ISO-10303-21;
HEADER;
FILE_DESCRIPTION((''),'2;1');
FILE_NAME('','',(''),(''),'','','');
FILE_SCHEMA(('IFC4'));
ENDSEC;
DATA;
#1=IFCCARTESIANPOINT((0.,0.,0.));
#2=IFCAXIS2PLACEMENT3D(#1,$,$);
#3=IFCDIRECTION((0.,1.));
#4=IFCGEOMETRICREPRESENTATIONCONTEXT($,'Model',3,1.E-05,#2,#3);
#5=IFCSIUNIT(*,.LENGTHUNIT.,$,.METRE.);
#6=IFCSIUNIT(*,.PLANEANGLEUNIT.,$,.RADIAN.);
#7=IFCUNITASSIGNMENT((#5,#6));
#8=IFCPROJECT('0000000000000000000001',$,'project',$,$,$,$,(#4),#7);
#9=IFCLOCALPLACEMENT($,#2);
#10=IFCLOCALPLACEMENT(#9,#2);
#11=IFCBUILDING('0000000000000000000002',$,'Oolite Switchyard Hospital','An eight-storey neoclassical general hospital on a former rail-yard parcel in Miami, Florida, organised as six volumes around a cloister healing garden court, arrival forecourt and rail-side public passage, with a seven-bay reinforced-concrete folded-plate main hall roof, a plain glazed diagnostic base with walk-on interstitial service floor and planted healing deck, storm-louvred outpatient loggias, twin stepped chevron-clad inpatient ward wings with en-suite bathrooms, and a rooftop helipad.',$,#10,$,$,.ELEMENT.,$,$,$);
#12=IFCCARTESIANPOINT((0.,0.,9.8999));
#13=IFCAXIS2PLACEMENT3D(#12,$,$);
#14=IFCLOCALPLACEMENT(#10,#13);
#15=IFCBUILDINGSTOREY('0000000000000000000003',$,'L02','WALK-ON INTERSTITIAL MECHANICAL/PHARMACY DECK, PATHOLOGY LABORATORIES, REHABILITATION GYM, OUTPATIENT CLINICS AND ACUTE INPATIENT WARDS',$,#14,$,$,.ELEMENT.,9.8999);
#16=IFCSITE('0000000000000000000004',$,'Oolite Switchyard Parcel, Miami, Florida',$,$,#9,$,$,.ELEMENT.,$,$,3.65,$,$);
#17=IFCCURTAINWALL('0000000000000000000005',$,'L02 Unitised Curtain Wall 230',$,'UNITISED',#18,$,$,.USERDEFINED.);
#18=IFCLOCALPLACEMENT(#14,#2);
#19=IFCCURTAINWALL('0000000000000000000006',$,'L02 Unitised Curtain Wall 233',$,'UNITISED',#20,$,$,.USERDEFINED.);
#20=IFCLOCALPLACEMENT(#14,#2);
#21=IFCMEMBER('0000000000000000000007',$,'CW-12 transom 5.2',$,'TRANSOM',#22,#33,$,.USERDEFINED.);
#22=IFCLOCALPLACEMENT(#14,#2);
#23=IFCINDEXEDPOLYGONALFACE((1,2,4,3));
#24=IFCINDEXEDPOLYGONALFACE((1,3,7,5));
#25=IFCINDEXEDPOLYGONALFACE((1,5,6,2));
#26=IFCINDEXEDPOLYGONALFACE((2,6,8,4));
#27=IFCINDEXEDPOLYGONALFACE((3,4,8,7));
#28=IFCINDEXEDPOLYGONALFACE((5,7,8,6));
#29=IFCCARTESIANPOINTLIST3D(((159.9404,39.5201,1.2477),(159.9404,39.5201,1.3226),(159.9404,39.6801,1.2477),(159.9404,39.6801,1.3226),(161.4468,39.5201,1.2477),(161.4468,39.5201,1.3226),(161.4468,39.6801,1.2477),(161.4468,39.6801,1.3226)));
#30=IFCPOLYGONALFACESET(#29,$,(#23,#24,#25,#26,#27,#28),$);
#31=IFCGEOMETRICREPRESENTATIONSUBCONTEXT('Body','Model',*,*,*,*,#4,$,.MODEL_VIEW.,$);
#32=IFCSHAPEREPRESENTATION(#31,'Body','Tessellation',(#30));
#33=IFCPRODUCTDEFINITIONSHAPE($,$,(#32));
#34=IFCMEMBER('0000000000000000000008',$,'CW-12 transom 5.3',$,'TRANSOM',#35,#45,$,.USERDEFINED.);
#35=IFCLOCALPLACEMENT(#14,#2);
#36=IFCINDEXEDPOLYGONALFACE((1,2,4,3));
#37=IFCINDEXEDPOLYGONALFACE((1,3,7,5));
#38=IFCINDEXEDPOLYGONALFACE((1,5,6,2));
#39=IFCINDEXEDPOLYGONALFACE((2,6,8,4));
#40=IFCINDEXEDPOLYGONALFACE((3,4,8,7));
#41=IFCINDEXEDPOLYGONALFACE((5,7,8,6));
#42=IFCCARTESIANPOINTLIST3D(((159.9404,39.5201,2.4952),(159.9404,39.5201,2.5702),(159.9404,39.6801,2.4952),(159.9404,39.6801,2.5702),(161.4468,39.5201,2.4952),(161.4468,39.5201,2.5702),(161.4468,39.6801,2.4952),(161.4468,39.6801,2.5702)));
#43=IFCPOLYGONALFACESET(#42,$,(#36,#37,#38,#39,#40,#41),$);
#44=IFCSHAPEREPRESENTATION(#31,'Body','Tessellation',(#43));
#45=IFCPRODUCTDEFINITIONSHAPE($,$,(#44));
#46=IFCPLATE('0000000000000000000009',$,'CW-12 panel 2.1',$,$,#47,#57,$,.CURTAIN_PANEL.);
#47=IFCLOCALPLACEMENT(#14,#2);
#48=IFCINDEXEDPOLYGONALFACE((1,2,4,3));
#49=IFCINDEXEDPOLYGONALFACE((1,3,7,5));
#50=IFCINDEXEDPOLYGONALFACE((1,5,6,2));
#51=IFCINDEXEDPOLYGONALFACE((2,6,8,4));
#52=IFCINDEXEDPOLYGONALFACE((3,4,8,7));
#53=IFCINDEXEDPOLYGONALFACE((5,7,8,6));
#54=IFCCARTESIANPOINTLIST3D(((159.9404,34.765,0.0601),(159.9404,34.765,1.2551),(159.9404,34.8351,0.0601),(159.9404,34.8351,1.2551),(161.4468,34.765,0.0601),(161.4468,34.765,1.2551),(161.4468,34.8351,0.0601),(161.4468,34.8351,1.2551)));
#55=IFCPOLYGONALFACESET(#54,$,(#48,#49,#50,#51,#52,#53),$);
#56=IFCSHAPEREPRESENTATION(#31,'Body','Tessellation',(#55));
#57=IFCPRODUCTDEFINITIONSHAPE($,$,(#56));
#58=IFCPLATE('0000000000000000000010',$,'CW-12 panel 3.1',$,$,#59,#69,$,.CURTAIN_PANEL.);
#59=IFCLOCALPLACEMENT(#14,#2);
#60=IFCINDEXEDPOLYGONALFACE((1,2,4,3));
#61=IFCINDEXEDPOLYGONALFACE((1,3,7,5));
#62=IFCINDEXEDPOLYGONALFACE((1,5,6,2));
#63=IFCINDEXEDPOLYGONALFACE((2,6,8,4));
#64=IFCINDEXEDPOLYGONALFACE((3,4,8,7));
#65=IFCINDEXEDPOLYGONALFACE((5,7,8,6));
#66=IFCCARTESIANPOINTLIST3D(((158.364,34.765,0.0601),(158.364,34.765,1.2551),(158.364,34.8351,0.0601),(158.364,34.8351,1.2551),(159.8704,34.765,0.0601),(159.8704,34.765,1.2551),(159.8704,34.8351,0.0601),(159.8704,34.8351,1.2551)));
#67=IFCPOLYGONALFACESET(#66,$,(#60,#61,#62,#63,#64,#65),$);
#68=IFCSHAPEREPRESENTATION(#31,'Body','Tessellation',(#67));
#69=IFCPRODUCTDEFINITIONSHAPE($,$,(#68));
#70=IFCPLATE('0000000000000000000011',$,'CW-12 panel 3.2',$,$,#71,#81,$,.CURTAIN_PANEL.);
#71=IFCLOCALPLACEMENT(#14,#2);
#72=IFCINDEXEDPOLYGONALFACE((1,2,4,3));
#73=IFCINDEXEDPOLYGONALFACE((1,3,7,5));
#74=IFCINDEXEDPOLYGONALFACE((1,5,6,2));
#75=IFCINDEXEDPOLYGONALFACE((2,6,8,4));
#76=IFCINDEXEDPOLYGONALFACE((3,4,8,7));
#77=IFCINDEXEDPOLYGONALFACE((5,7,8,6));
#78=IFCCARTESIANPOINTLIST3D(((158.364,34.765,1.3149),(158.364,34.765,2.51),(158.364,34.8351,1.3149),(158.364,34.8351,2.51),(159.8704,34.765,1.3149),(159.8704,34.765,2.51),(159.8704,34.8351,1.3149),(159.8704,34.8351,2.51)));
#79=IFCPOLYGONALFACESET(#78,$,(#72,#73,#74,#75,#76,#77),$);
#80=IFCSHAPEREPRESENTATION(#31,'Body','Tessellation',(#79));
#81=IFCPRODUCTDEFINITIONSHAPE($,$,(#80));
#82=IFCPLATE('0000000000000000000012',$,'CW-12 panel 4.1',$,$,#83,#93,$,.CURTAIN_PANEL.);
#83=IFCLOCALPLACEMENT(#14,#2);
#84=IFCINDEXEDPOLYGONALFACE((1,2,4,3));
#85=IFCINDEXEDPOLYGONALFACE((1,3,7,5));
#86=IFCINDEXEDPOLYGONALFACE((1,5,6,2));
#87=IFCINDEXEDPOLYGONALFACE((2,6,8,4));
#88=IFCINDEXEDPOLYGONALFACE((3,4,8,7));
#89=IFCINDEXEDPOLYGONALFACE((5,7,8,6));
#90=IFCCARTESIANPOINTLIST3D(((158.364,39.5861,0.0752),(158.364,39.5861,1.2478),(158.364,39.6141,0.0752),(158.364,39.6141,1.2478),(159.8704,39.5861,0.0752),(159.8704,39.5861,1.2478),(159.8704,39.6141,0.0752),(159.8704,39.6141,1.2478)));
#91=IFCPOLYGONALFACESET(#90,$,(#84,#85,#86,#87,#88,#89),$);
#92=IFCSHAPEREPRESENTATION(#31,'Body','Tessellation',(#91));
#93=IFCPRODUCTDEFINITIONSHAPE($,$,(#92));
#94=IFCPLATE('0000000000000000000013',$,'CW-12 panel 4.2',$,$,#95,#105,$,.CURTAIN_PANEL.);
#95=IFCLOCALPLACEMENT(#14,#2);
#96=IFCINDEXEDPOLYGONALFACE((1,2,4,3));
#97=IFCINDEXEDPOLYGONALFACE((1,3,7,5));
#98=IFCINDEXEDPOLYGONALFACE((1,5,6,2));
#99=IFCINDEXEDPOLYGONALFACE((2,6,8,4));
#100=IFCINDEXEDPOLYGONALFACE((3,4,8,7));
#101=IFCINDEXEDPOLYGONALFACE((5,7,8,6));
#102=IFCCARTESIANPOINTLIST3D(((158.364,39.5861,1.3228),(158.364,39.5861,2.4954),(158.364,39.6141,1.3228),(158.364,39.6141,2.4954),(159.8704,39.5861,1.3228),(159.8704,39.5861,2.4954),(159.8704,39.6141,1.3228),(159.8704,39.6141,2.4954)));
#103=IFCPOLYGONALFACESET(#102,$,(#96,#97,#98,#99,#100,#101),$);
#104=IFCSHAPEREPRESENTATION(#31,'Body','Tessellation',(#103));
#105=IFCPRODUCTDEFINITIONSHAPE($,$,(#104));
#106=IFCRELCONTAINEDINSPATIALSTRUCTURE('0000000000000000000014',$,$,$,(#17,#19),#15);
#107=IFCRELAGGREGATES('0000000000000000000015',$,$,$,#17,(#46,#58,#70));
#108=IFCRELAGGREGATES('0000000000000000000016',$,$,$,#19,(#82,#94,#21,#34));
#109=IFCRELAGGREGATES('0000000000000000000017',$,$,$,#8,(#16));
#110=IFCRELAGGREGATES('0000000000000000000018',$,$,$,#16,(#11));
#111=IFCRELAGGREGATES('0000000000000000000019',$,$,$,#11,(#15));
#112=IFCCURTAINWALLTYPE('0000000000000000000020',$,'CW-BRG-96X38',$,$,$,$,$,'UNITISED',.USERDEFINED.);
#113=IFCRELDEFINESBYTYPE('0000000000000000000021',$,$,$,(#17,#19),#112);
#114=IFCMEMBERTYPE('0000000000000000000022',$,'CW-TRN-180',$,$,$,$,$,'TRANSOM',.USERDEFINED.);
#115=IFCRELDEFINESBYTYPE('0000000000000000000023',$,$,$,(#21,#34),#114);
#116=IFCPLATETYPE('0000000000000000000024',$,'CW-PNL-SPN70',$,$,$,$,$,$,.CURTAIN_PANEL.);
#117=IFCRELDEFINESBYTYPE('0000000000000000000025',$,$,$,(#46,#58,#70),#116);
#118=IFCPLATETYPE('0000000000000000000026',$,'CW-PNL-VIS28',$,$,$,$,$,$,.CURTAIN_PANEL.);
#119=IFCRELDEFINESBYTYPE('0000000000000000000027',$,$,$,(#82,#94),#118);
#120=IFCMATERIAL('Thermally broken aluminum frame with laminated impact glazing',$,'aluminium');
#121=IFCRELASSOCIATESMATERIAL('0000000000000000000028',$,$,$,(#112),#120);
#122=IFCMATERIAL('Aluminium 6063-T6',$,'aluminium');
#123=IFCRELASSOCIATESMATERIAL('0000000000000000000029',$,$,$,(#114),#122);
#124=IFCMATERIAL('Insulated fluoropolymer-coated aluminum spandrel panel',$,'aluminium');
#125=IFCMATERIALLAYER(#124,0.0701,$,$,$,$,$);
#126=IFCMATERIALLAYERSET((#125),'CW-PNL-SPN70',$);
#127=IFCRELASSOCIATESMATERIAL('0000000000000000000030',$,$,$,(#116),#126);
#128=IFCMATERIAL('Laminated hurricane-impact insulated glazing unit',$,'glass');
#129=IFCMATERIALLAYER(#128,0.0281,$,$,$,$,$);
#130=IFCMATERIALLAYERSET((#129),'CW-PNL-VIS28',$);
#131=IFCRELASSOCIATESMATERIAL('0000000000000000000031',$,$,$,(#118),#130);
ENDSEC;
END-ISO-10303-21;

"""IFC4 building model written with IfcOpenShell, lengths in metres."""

from ifc_helpers import new_model, si_unit, direction, frame, origin, origin_2d, place, context, subcontext, project, spatial, rectangle, extrude, material, layer, layer_set, material_profile, profile_set, type_object, element, aggregate, save


model = new_model("IFC4")

# Units and contexts
model_context = context("Model", 3, precision=1e-05, world=origin(), true_north=direction((0.0, 1.0)))
body_context = subcontext(model_context, "Body", "Model", "MODEL_VIEW")
ifc_project = project(units=[si_unit("LENGTHUNIT", "METRE"), si_unit("PLANEANGLEUNIT", "RADIAN")], contexts=[model_context])

# Site, building, storey
site_placement = place(None, origin())
site = spatial("IfcSite", under=ifc_project, at=site_placement, Name="Oolite Switchyard Parcel, Miami, Florida", CompositionType="ELEMENT", RefElevation=3.65)
building_placement = place(site_placement, origin())
building = spatial("IfcBuilding", under=site, at=building_placement, Name="Oolite Switchyard Hospital", Description="An eight-storey neoclassical general hospital on a former rail-yard parcel in Miami, Florida, organised as six volumes around a cloister healing garden court, arrival forecourt and rail-side public passage, with a seven-bay reinforced-concrete folded-plate main hall roof, a plain glazed diagnostic base with walk-on interstitial service floor and planted healing deck, storm-louvred outpatient loggias, twin stepped chevron-clad inpatient ward wings with en-suite bathrooms, and a rooftop helipad.", CompositionType="ELEMENT")
storey_placement = place(building_placement, frame((0.0, 0.0, 9.8999)))
storey = spatial("IfcBuildingStorey", under=building, at=storey_placement, Name="L02", Description="WALK-ON INTERSTITIAL MECHANICAL/PHARMACY DECK, PATHOLOGY LABORATORIES, REHABILITATION GYM, OUTPATIENT CLINICS AND ACUTE INPATIENT WARDS", CompositionType="ELEMENT", Elevation=9.8999)

# Curtain walls
ifc_material_1 = material(Name="Thermally broken aluminum frame with laminated impact glazing", Category="aluminium")
curtain_wall_type = type_object("IfcCurtainWallType", Name="CW-BRG-96X38", ElementType="UNITISED", PredefinedType="USERDEFINED", material=ifc_material_1)
curtain_wall_1_placement = place(storey_placement, origin())
curtain_wall_1 = element("IfcCurtainWall", 1, at=curtain_wall_1_placement, inside=storey, type_object=curtain_wall_type, Name="L02 Unitised Curtain Wall 230", ObjectType="UNITISED", PredefinedType="USERDEFINED")
ifc_material_2 = material(Name="Aluminium 6063-T6", Category="aluminium")
curtain_wall_2_placement = place(storey_placement, origin())
curtain_wall_2 = element("IfcCurtainWall", 2, at=curtain_wall_2_placement, inside=storey, type_object=curtain_wall_type, Name="L02 Unitised Curtain Wall 233", ObjectType="UNITISED", PredefinedType="USERDEFINED")

# Members
ifc_material_profile_1 = material_profile(ifc_material_2, rectangle(XDim=0.1599, YDim=0.075, at=origin_2d()), Name="CWT75X160")
ifc_profile_set_1 = profile_set([ifc_material_profile_1], Name="Aluminium 6063-T6")
member_type_1 = type_object("IfcMemberType", Name="CW-TRN-180", ElementType="TRANSOM", PredefinedType="USERDEFINED", material=ifc_profile_set_1)
member_1_placement = place(storey_placement, frame((159.9404, 39.6001, 1.2852), z_axis=(1.0, 0.0, 0.0), x_axis=(0.0, 1.0, 0.0)))
member_1 = element("IfcMember", 3, at=member_1_placement, type_object=member_type_1, Name="CW-12 transom 5.2", ObjectType="TRANSOM", PredefinedType="USERDEFINED", context=body_context, shape_type="SweptSolid", body=[
    extrude(rectangle(XDim=0.1599, YDim=0.075, at=origin_2d()), origin(), (0.0, 0.0, 1.0), 1.5063),
])
member_2_placement = place(storey_placement, frame((159.9404, 39.6001, 2.5327), z_axis=(1.0, 0.0, 0.0), x_axis=(0.0, 1.0, 0.0)))
member_2 = element("IfcMember", 4, at=member_2_placement, type_object=member_type_1, Name="CW-12 transom 5.3", ObjectType="TRANSOM", PredefinedType="USERDEFINED", context=body_context, shape_type="SweptSolid", body=[
    extrude(rectangle(XDim=0.1599, YDim=0.075, at=origin_2d()), origin(), (0.0, 0.0, 1.0), 1.5063),
])

# Plates
ifc_material_3 = material(Name="Insulated fluoropolymer-coated aluminum spandrel panel", Category="aluminium")
ifc_layer_1 = layer(ifc_material_3, 0.0701)
ifc_layer_set_1 = layer_set([ifc_layer_1], Name="CW-PNL-SPN70")
plate_type_1 = type_object("IfcPlateType", Name="CW-PNL-SPN70", PredefinedType="CURTAIN_PANEL", material=ifc_layer_set_1)
plate_1_placement = place(storey_placement, frame((160.6936, 34.8, 0.0601), z_axis=(0.0, 0.0, 1.0), x_axis=(-1.0, 0.0, 0.0)))
plate_1 = element("IfcPlate", 5, at=plate_1_placement, type_object=plate_type_1, Name="CW-12 panel 2.1", PredefinedType="CURTAIN_PANEL", context=body_context, shape_type="SweptSolid", body=[
    extrude(rectangle(XDim=1.5063, YDim=0.0701, at=origin_2d()), origin(), (0.0, 0.0, 1.0), 1.1951),
])
plate_2_placement = place(storey_placement, frame((159.1172, 34.8, 0.0601), z_axis=(0.0, 0.0, 1.0), x_axis=(-1.0, 0.0, 0.0)))
plate_2 = element("IfcPlate", 6, at=plate_2_placement, type_object=plate_type_1, Name="CW-12 panel 3.1", PredefinedType="CURTAIN_PANEL", context=body_context, shape_type="SweptSolid", body=[
    extrude(rectangle(XDim=1.5063, YDim=0.0701, at=origin_2d()), origin(), (0.0, 0.0, 1.0), 1.1951),
])
plate_3_placement = place(storey_placement, frame((159.1172, 34.8, 1.3149), z_axis=(0.0, 0.0, 1.0), x_axis=(-1.0, 0.0, 0.0)))
plate_3 = element("IfcPlate", 7, at=plate_3_placement, type_object=plate_type_1, Name="CW-12 panel 3.2", PredefinedType="CURTAIN_PANEL", context=body_context, shape_type="SweptSolid", body=[
    extrude(rectangle(XDim=1.5063, YDim=0.0701, at=origin_2d()), origin(), (0.0, 0.0, 1.0), 1.1951),
])
aggregate(curtain_wall_1, [plate_1, plate_2, plate_3])
ifc_material_4 = material(Name="Laminated hurricane-impact insulated glazing unit", Category="glass")
ifc_layer_2 = layer(ifc_material_4, 0.0281)
ifc_layer_set_2 = layer_set([ifc_layer_2], Name="CW-PNL-VIS28")
plate_type_2 = type_object("IfcPlateType", Name="CW-PNL-VIS28", PredefinedType="CURTAIN_PANEL", material=ifc_layer_set_2)
plate_4_placement = place(storey_placement, frame((159.1172, 39.6001, 0.0752), z_axis=(0.0, 0.0, 1.0), x_axis=(1.0, 0.0, 0.0)))
plate_4 = element("IfcPlate", 8, at=plate_4_placement, type_object=plate_type_2, Name="CW-12 panel 4.1", PredefinedType="CURTAIN_PANEL", context=body_context, shape_type="SweptSolid", body=[
    extrude(rectangle(XDim=1.5063, YDim=0.0281, at=origin_2d()), origin(), (0.0, 0.0, 1.0), 1.1726),
])
plate_5_placement = place(storey_placement, frame((159.1172, 39.6001, 1.3228), z_axis=(0.0, 0.0, 1.0), x_axis=(1.0, 0.0, 0.0)))
plate_5 = element("IfcPlate", 9, at=plate_5_placement, type_object=plate_type_2, Name="CW-12 panel 4.2", PredefinedType="CURTAIN_PANEL", context=body_context, shape_type="SweptSolid", body=[
    extrude(rectangle(XDim=1.5063, YDim=0.0281, at=origin_2d()), origin(), (0.0, 0.0, 1.0), 1.1726),
])
aggregate(curtain_wall_2, [plate_4, plate_5, member_1, member_2])

save(model, "model.ifc")
